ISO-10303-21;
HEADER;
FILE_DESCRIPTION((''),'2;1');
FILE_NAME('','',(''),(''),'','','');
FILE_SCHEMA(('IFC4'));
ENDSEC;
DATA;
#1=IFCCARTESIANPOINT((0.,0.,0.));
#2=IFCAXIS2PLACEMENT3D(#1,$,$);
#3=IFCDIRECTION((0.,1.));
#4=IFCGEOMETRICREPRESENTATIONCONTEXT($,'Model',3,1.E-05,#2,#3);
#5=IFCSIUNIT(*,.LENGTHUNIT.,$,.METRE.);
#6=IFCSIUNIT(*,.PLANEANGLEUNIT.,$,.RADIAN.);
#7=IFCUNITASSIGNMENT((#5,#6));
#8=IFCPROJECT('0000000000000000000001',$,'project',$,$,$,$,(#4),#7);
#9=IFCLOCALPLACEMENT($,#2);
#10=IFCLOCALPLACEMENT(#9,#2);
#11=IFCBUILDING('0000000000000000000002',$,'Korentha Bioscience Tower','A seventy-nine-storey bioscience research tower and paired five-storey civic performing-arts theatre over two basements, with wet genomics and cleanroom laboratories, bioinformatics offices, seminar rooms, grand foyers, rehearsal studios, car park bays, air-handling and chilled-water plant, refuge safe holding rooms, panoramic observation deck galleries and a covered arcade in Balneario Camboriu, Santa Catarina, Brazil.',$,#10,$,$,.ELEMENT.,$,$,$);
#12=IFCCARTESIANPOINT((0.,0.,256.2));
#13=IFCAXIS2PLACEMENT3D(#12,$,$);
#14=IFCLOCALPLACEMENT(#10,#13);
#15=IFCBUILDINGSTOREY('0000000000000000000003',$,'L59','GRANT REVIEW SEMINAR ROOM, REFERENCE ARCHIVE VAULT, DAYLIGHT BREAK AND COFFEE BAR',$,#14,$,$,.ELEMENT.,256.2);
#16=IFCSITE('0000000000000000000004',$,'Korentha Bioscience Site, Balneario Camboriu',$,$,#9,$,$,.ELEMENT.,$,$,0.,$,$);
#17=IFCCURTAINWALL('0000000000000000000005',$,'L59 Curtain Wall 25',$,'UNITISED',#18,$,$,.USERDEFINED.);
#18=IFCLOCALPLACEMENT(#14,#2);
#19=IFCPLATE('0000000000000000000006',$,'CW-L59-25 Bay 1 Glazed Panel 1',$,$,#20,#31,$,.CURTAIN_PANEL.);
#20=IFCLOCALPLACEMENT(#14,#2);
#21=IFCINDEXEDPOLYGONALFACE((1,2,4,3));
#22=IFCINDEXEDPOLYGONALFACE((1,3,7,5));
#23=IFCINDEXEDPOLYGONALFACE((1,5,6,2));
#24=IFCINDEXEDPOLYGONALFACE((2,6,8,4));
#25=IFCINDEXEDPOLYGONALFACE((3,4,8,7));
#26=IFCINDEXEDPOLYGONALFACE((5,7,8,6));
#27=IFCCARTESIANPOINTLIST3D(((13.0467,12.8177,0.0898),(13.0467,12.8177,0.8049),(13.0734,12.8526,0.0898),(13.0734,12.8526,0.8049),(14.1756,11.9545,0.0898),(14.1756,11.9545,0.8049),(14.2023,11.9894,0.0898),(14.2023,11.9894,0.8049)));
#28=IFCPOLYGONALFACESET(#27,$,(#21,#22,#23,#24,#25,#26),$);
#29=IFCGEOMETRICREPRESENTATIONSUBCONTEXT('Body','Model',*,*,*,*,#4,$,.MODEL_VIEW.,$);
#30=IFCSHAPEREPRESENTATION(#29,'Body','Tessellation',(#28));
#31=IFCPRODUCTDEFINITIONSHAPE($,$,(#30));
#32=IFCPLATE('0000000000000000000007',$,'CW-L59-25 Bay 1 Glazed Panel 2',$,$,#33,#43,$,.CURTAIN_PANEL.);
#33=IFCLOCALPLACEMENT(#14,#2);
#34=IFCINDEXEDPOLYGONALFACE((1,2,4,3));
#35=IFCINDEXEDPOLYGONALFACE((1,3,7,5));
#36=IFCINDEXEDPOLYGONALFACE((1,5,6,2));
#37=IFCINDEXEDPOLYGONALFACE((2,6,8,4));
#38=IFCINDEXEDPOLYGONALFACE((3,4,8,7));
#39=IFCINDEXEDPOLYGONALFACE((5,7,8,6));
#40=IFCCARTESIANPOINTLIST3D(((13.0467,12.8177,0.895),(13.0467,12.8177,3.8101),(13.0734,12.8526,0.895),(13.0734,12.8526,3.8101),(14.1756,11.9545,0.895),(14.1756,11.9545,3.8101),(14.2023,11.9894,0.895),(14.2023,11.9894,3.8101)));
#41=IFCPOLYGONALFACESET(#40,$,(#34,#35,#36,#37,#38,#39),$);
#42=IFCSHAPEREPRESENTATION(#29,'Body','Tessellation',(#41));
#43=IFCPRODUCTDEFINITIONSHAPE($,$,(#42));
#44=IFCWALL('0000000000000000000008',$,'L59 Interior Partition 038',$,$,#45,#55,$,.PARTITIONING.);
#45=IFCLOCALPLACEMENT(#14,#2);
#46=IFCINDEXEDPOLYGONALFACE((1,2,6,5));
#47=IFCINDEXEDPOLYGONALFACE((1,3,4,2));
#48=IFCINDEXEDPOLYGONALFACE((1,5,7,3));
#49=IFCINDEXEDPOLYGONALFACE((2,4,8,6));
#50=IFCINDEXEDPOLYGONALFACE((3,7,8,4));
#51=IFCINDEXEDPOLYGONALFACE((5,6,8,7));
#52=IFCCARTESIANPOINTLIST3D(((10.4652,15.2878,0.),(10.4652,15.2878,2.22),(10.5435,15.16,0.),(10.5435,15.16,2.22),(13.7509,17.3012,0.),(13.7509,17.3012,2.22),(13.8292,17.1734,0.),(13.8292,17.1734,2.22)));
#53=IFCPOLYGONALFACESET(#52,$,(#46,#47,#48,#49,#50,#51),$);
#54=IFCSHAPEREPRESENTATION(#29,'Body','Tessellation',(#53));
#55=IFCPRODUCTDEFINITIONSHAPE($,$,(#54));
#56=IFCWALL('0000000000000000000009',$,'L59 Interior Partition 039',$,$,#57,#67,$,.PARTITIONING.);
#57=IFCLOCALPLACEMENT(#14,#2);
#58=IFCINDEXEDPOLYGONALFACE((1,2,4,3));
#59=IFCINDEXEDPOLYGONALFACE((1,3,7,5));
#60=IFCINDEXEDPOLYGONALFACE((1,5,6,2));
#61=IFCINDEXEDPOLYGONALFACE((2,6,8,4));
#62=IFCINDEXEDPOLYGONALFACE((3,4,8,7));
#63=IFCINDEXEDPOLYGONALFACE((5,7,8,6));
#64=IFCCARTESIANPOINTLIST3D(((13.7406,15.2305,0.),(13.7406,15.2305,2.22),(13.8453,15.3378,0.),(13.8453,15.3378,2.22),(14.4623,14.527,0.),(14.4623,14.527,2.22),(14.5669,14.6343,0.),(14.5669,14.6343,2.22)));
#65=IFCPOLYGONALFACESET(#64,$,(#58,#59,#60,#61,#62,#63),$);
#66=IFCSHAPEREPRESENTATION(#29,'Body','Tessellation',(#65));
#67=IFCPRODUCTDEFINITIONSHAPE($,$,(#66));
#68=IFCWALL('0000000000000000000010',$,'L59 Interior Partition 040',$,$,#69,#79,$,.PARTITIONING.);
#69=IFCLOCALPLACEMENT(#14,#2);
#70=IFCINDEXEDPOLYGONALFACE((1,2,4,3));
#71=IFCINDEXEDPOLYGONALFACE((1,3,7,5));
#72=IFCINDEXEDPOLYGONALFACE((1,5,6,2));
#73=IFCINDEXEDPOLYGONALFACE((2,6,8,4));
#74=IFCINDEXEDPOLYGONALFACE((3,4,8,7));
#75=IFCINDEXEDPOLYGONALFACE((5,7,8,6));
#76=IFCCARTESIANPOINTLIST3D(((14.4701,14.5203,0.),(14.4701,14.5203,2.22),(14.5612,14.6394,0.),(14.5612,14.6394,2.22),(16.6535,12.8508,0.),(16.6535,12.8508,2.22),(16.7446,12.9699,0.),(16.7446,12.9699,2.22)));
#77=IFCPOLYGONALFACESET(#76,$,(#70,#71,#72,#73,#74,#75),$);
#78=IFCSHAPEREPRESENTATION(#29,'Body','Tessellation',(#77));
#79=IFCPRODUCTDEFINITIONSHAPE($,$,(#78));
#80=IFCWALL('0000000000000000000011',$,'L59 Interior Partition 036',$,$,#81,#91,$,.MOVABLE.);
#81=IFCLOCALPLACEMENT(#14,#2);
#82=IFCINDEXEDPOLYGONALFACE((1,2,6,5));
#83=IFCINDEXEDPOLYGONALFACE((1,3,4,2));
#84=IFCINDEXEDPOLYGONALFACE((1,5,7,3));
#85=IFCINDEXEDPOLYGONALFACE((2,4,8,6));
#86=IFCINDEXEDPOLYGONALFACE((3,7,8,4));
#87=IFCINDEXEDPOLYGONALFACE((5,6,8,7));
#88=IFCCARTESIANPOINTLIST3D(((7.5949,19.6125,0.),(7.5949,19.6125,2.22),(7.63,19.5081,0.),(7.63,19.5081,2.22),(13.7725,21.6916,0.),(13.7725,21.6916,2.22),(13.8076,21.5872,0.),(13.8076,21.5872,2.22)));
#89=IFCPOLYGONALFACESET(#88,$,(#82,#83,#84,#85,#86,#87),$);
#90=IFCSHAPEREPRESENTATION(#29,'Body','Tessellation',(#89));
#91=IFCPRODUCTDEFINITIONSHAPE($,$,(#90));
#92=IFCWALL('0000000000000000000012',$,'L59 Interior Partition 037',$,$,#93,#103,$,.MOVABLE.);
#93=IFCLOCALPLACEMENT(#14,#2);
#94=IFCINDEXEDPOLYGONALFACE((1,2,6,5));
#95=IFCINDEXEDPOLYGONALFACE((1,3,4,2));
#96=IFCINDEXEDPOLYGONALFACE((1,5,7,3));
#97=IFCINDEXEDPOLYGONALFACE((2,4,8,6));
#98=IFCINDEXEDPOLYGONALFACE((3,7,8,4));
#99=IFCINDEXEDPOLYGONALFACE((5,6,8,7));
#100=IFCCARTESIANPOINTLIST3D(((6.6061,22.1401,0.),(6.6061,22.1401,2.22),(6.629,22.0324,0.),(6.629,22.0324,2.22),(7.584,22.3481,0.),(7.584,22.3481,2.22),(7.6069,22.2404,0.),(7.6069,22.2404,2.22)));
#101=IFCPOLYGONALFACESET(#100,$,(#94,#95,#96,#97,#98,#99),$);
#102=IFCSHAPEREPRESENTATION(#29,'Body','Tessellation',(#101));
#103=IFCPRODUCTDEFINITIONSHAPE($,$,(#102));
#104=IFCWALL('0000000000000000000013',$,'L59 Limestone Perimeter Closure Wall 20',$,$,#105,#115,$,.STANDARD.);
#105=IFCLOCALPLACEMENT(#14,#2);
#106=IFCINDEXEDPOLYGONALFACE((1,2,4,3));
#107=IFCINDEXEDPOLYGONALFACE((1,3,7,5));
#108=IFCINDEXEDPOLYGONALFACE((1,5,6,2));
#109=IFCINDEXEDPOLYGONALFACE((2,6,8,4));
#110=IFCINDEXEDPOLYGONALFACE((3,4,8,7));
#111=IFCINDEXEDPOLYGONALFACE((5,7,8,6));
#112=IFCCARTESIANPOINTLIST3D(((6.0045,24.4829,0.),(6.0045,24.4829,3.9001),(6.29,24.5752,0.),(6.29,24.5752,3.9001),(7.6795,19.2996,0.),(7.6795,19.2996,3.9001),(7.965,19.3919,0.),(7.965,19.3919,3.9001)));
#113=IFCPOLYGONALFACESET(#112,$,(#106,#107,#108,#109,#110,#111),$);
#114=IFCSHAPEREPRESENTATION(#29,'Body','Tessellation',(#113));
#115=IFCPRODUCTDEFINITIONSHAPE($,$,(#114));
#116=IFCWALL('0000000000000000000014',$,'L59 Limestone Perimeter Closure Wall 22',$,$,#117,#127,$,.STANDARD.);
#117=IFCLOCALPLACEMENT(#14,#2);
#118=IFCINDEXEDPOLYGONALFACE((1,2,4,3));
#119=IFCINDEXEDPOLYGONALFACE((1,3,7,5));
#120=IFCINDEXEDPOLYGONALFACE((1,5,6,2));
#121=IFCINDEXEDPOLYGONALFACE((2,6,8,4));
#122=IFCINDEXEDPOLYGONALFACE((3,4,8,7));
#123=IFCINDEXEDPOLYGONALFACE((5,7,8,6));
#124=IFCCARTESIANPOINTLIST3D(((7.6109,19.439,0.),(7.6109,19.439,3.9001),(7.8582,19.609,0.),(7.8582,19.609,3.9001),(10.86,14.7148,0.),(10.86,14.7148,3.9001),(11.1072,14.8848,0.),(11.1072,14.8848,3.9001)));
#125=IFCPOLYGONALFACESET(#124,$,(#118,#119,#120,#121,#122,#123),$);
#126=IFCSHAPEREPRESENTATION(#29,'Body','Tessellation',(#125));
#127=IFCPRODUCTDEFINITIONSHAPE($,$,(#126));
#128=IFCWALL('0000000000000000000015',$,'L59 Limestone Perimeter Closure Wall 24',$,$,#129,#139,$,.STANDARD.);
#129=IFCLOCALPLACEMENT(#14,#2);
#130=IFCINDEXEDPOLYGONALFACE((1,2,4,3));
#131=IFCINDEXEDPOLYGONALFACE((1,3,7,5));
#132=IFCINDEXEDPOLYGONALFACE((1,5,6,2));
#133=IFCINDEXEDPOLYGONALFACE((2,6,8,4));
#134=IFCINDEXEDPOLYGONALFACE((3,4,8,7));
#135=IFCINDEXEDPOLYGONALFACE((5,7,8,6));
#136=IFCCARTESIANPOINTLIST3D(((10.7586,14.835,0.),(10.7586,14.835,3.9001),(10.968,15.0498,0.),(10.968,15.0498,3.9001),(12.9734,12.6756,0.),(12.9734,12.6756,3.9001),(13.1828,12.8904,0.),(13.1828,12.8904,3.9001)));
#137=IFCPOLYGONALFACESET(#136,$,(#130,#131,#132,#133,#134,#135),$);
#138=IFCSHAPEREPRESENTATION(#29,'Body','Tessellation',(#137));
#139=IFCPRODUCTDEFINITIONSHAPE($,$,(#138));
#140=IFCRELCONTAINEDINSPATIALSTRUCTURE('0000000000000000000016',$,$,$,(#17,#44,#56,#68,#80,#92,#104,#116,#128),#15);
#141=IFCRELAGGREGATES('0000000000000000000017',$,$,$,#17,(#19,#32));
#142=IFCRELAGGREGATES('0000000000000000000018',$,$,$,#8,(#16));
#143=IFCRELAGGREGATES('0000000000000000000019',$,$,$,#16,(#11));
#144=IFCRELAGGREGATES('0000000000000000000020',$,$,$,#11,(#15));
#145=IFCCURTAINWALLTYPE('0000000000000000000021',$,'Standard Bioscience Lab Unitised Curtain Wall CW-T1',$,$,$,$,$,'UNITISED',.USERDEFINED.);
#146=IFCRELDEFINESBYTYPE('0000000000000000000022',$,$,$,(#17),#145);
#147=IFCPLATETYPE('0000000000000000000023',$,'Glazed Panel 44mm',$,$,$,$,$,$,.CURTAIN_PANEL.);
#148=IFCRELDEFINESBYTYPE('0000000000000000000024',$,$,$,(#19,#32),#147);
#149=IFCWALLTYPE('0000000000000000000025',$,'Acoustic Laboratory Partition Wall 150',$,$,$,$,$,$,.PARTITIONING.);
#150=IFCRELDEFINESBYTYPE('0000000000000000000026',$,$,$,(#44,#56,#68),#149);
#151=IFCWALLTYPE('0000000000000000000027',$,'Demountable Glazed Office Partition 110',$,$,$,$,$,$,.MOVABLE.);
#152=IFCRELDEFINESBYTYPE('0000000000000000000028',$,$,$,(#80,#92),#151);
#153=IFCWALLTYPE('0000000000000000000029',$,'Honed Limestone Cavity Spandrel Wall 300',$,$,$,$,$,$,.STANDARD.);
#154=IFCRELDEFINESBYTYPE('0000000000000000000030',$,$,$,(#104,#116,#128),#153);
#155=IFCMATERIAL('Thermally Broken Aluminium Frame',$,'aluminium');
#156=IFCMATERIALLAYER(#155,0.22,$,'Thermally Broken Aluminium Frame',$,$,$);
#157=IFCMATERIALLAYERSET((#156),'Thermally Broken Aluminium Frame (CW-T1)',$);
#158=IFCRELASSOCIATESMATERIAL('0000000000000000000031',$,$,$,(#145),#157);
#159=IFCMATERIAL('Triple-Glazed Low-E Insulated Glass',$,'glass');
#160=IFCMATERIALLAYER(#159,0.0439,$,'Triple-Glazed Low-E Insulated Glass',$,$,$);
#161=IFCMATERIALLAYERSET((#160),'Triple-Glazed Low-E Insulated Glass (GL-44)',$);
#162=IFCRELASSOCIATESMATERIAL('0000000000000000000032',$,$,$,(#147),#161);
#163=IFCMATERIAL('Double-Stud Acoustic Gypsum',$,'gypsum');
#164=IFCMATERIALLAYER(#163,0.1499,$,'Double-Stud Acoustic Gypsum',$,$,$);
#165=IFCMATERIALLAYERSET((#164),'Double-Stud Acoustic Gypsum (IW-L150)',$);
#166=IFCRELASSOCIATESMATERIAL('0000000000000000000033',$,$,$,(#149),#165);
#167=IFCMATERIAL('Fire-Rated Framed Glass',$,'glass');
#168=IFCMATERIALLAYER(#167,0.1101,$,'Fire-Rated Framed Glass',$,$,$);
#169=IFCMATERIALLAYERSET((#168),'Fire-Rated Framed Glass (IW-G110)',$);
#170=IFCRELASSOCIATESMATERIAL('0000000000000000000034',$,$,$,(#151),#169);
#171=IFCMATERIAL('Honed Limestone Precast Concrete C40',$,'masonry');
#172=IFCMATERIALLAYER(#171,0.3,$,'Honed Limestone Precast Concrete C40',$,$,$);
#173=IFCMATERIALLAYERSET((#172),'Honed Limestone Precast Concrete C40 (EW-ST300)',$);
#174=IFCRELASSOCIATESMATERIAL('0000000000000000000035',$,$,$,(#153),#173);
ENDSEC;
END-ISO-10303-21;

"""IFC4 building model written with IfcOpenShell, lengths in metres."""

from ifc_helpers import new_model, si_unit, direction, frame, frame_2d, origin, origin_2d, place, context, subcontext, project, spatial, rectangle, extrude, material, layer, layer_set, type_object, element, aggregate, save


model = new_model("IFC4")

# Units and contexts
model_context = context("Model", 3, precision=1e-05, world=origin(), true_north=direction((0.0, 1.0)))
body_context = subcontext(model_context, "Body", "Model", "MODEL_VIEW")
ifc_project = project(units=[si_unit("LENGTHUNIT", "METRE"), si_unit("PLANEANGLEUNIT", "RADIAN")], contexts=[model_context])

# Site, building, storey
site_placement = place(None, origin())
site = spatial("IfcSite", under=ifc_project, at=site_placement, Name="Korentha Bioscience Site, Balneario Camboriu", CompositionType="ELEMENT", RefElevation=0.0)
building_placement = place(site_placement, origin())
building = spatial("IfcBuilding", under=site, at=building_placement, Name="Korentha Bioscience Tower", Description="A seventy-nine-storey bioscience research tower and paired five-storey civic performing-arts theatre over two basements, with wet genomics and cleanroom laboratories, bioinformatics offices, seminar rooms, grand foyers, rehearsal studios, car park bays, air-handling and chilled-water plant, refuge safe holding rooms, panoramic observation deck galleries and a covered arcade in Balneario Camboriu, Santa Catarina, Brazil.", CompositionType="ELEMENT")
storey_placement = place(building_placement, frame((0.0, 0.0, 256.2)))
storey = spatial("IfcBuildingStorey", under=building, at=storey_placement, Name="L59", Description="GRANT REVIEW SEMINAR ROOM, REFERENCE ARCHIVE VAULT, DAYLIGHT BREAK AND COFFEE BAR", CompositionType="ELEMENT", Elevation=256.2)

# Shared definitions
ifc_material_1 = material(Name="Thermally Broken Aluminium Frame", Category="aluminium")
ifc_layer_1 = layer(ifc_material_1, 0.22, Name="Thermally Broken Aluminium Frame")
ifc_layer_set_1 = layer_set([ifc_layer_1], Name="Thermally Broken Aluminium Frame (CW-T1)")
curtain_wall_type = type_object("IfcCurtainWallType", Name="Standard Bioscience Lab Unitised Curtain Wall CW-T1", ElementType="UNITISED", PredefinedType="USERDEFINED", material=ifc_layer_set_1)

# Curtain wall, plates
curtain_wall_1_placement = place(storey_placement, origin())
curtain_wall_1 = element("IfcCurtainWall", 1, at=curtain_wall_1_placement, inside=storey, type_object=curtain_wall_type, Name="L59 Curtain Wall 25", ObjectType="UNITISED", PredefinedType="USERDEFINED")
ifc_material_2 = material(Name="Triple-Glazed Low-E Insulated Glass", Category="glass")
ifc_layer_2 = layer(ifc_material_2, 0.0439, Name="Triple-Glazed Low-E Insulated Glass")
ifc_layer_set_2 = layer_set([ifc_layer_2], Name="Triple-Glazed Low-E Insulated Glass (GL-44)")
plate_type = type_object("IfcPlateType", Name="Glazed Panel 44mm", PredefinedType="CURTAIN_PANEL", material=ifc_layer_set_2)
plate_1_placement = place(storey_placement, frame((13.6245, 12.4036, 0.0898), z_axis=(0.0, 0.0, 1.0), x_axis=(0.794382, -0.607418, 0.0)))
plate_1 = element("IfcPlate", 2, at=plate_1_placement, type_object=plate_type, Name="CW-L59-25 Bay 1 Glazed Panel 1", PredefinedType="CURTAIN_PANEL", context=body_context, shape_type="SweptSolid", body=[
    extrude(rectangle(XDim=1.4211, YDim=0.0439, at=origin_2d()), origin(), (0.0, 0.0, 1.0), 0.7151),
])
plate_2_placement = place(storey_placement, frame((13.6245, 12.4036, 0.895), z_axis=(0.0, 0.0, 1.0), x_axis=(0.794382, -0.607418, 0.0)))
plate_2 = element("IfcPlate", 3, at=plate_2_placement, type_object=plate_type, Name="CW-L59-25 Bay 1 Glazed Panel 2", PredefinedType="CURTAIN_PANEL", context=body_context, shape_type="SweptSolid", body=[
    extrude(rectangle(XDim=1.4211, YDim=0.0439, at=origin_2d()), origin(), (0.0, 0.0, 1.0), 2.915),
])
aggregate(curtain_wall_1, [plate_1, plate_2])

# Shared definitions
ifc_material_3 = material(Name="Double-Stud Acoustic Gypsum", Category="gypsum")
ifc_layer_3 = layer(ifc_material_3, 0.1499, Name="Double-Stud Acoustic Gypsum")
ifc_layer_set_3 = layer_set([ifc_layer_3], Name="Double-Stud Acoustic Gypsum (IW-L150)")
wall_type_1 = type_object("IfcWallType", Name="Acoustic Laboratory Partition Wall 150", PredefinedType="PARTITIONING", material=ifc_layer_set_3)

# Walls
wall_1_placement = place(storey_placement, frame((13.79, 17.2373, 0.0), z_axis=(0.0, 0.0, 1.0), x_axis=(-0.852642, -0.522495, 0.0)))
element("IfcWall", 4, at=wall_1_placement, inside=storey, type_object=wall_type_1, Name="L59 Interior Partition 038", PredefinedType="PARTITIONING", context=body_context, shape_type="SweptSolid", body=[
    extrude(rectangle(XDim=3.8535, YDim=0.1499, at=frame_2d((1.9268, 0.0))), origin(), (0.0, 0.0, 1.0), 2.22),
])
wall_2_placement = place(storey_placement, frame((13.793, 15.2842, 0.0), z_axis=(0.0, 0.0, 1.0), x_axis=(0.716012, -0.698088, 0.0)))
element("IfcWall", 5, at=wall_2_placement, inside=storey, type_object=wall_type_1, Name="L59 Interior Partition 039", PredefinedType="PARTITIONING", context=body_context, shape_type="SweptSolid", body=[
    extrude(rectangle(XDim=1.0078, YDim=0.1499, at=frame_2d((0.5039, 0.0))), origin(), (0.0, 0.0, 1.0), 2.22),
])
wall_3_placement = place(storey_placement, frame((14.5156, 14.5798, 0.0), z_axis=(0.0, 0.0, 1.0), x_axis=(0.794391, -0.607407, 0.0)))
element("IfcWall", 6, at=wall_3_placement, inside=storey, type_object=wall_type_1, Name="L59 Interior Partition 040", PredefinedType="PARTITIONING", context=body_context, shape_type="SweptSolid", body=[
    extrude(rectangle(XDim=2.7485, YDim=0.1499, at=frame_2d((1.3743, 0.0))), origin(), (0.0, 0.0, 1.0), 2.22),
])
ifc_material_4 = material(Name="Fire-Rated Framed Glass", Category="glass")
ifc_layer_4 = layer(ifc_material_4, 0.1101, Name="Fire-Rated Framed Glass")
ifc_layer_set_4 = layer_set([ifc_layer_4], Name="Fire-Rated Framed Glass (IW-G110)")
wall_type_2 = type_object("IfcWallType", Name="Demountable Glazed Office Partition 110", PredefinedType="MOVABLE", material=ifc_layer_set_4)
wall_4_placement = place(storey_placement, frame((13.79, 21.6394, 0.0), z_axis=(0.0, 0.0, 1.0), x_axis=(-0.947762, -0.318979, 0.0)))
element("IfcWall", 7, at=wall_4_placement, inside=storey, type_object=wall_type_2, Name="L59 Interior Partition 036", PredefinedType="MOVABLE", context=body_context, shape_type="SweptSolid", body=[
    extrude(rectangle(XDim=6.5181, YDim=0.1101, at=frame_2d((3.259, 0.0))), origin(), (0.0, 0.0, 1.0), 2.22),
])
wall_5_placement = place(storey_placement, frame((6.6174, 22.0862, 0.0), z_axis=(0.0, 0.0, 1.0), x_axis=(0.978112, 0.208078, 0.0)))
element("IfcWall", 8, at=wall_5_placement, inside=storey, type_object=wall_type_2, Name="L59 Interior Partition 037", PredefinedType="MOVABLE", context=body_context, shape_type="SweptSolid", body=[
    extrude(rectangle(XDim=0.9998, YDim=0.1101, at=frame_2d((0.5, 0.0))), origin(), (0.0, 0.0, 1.0), 2.22),
])
ifc_material_5 = material(Name="Honed Limestone Precast Concrete C40", Category="masonry")
ifc_layer_5 = layer(ifc_material_5, 0.3, Name="Honed Limestone Precast Concrete C40")
ifc_layer_set_5 = layer_set([ifc_layer_5], Name="Honed Limestone Precast Concrete C40 (EW-ST300)")
wall_type_3 = type_object("IfcWallType", Name="Honed Limestone Cavity Spandrel Wall 300", PredefinedType="STANDARD", material=ifc_layer_set_5)
wall_6_placement = place(storey_placement, frame((6.1472, 24.5291, 0.0), z_axis=(0.0, 0.0, 1.0), x_axis=(0.307502, -0.951548, 0.0)))
element("IfcWall", 9, at=wall_6_placement, inside=storey, type_object=wall_type_3, Name="L59 Limestone Perimeter Closure Wall 20", PredefinedType="STANDARD", context=body_context, shape_type="SweptSolid", body=[
    extrude(rectangle(XDim=5.4473, YDim=0.3, at=frame_2d((2.7236, 0.0))), origin(), (0.0, 0.0, 1.0), 3.9001),
])
wall_7_placement = place(storey_placement, frame((7.7346, 19.5239, 0.0), z_axis=(0.0, 0.0, 1.0), x_axis=(0.56667, -0.823945, 0.0)))
element("IfcWall", 10, at=wall_7_placement, inside=storey, type_object=wall_type_3, Name="L59 Limestone Perimeter Closure Wall 22", PredefinedType="STANDARD", context=body_context, shape_type="SweptSolid", body=[
    extrude(rectangle(XDim=5.7336, YDim=0.3, at=frame_2d((2.8667, 0.0))), origin(), (0.0, 0.0, 1.0), 3.9001),
])
wall_8_placement = place(storey_placement, frame((10.8633, 14.9424, 0.0), z_axis=(0.0, 0.0, 1.0), x_axis=(0.716008, -0.698092, 0.0)))
element("IfcWall", 11, at=wall_8_placement, inside=storey, type_object=wall_type_3, Name="L59 Limestone Perimeter Closure Wall 24", PredefinedType="STANDARD", context=body_context, shape_type="SweptSolid", body=[
    extrude(rectangle(XDim=3.0933, YDim=0.3, at=frame_2d((1.5466, 0.0))), origin(), (0.0, 0.0, 1.0), 3.9001),
])

save(model, "model.ifc")
